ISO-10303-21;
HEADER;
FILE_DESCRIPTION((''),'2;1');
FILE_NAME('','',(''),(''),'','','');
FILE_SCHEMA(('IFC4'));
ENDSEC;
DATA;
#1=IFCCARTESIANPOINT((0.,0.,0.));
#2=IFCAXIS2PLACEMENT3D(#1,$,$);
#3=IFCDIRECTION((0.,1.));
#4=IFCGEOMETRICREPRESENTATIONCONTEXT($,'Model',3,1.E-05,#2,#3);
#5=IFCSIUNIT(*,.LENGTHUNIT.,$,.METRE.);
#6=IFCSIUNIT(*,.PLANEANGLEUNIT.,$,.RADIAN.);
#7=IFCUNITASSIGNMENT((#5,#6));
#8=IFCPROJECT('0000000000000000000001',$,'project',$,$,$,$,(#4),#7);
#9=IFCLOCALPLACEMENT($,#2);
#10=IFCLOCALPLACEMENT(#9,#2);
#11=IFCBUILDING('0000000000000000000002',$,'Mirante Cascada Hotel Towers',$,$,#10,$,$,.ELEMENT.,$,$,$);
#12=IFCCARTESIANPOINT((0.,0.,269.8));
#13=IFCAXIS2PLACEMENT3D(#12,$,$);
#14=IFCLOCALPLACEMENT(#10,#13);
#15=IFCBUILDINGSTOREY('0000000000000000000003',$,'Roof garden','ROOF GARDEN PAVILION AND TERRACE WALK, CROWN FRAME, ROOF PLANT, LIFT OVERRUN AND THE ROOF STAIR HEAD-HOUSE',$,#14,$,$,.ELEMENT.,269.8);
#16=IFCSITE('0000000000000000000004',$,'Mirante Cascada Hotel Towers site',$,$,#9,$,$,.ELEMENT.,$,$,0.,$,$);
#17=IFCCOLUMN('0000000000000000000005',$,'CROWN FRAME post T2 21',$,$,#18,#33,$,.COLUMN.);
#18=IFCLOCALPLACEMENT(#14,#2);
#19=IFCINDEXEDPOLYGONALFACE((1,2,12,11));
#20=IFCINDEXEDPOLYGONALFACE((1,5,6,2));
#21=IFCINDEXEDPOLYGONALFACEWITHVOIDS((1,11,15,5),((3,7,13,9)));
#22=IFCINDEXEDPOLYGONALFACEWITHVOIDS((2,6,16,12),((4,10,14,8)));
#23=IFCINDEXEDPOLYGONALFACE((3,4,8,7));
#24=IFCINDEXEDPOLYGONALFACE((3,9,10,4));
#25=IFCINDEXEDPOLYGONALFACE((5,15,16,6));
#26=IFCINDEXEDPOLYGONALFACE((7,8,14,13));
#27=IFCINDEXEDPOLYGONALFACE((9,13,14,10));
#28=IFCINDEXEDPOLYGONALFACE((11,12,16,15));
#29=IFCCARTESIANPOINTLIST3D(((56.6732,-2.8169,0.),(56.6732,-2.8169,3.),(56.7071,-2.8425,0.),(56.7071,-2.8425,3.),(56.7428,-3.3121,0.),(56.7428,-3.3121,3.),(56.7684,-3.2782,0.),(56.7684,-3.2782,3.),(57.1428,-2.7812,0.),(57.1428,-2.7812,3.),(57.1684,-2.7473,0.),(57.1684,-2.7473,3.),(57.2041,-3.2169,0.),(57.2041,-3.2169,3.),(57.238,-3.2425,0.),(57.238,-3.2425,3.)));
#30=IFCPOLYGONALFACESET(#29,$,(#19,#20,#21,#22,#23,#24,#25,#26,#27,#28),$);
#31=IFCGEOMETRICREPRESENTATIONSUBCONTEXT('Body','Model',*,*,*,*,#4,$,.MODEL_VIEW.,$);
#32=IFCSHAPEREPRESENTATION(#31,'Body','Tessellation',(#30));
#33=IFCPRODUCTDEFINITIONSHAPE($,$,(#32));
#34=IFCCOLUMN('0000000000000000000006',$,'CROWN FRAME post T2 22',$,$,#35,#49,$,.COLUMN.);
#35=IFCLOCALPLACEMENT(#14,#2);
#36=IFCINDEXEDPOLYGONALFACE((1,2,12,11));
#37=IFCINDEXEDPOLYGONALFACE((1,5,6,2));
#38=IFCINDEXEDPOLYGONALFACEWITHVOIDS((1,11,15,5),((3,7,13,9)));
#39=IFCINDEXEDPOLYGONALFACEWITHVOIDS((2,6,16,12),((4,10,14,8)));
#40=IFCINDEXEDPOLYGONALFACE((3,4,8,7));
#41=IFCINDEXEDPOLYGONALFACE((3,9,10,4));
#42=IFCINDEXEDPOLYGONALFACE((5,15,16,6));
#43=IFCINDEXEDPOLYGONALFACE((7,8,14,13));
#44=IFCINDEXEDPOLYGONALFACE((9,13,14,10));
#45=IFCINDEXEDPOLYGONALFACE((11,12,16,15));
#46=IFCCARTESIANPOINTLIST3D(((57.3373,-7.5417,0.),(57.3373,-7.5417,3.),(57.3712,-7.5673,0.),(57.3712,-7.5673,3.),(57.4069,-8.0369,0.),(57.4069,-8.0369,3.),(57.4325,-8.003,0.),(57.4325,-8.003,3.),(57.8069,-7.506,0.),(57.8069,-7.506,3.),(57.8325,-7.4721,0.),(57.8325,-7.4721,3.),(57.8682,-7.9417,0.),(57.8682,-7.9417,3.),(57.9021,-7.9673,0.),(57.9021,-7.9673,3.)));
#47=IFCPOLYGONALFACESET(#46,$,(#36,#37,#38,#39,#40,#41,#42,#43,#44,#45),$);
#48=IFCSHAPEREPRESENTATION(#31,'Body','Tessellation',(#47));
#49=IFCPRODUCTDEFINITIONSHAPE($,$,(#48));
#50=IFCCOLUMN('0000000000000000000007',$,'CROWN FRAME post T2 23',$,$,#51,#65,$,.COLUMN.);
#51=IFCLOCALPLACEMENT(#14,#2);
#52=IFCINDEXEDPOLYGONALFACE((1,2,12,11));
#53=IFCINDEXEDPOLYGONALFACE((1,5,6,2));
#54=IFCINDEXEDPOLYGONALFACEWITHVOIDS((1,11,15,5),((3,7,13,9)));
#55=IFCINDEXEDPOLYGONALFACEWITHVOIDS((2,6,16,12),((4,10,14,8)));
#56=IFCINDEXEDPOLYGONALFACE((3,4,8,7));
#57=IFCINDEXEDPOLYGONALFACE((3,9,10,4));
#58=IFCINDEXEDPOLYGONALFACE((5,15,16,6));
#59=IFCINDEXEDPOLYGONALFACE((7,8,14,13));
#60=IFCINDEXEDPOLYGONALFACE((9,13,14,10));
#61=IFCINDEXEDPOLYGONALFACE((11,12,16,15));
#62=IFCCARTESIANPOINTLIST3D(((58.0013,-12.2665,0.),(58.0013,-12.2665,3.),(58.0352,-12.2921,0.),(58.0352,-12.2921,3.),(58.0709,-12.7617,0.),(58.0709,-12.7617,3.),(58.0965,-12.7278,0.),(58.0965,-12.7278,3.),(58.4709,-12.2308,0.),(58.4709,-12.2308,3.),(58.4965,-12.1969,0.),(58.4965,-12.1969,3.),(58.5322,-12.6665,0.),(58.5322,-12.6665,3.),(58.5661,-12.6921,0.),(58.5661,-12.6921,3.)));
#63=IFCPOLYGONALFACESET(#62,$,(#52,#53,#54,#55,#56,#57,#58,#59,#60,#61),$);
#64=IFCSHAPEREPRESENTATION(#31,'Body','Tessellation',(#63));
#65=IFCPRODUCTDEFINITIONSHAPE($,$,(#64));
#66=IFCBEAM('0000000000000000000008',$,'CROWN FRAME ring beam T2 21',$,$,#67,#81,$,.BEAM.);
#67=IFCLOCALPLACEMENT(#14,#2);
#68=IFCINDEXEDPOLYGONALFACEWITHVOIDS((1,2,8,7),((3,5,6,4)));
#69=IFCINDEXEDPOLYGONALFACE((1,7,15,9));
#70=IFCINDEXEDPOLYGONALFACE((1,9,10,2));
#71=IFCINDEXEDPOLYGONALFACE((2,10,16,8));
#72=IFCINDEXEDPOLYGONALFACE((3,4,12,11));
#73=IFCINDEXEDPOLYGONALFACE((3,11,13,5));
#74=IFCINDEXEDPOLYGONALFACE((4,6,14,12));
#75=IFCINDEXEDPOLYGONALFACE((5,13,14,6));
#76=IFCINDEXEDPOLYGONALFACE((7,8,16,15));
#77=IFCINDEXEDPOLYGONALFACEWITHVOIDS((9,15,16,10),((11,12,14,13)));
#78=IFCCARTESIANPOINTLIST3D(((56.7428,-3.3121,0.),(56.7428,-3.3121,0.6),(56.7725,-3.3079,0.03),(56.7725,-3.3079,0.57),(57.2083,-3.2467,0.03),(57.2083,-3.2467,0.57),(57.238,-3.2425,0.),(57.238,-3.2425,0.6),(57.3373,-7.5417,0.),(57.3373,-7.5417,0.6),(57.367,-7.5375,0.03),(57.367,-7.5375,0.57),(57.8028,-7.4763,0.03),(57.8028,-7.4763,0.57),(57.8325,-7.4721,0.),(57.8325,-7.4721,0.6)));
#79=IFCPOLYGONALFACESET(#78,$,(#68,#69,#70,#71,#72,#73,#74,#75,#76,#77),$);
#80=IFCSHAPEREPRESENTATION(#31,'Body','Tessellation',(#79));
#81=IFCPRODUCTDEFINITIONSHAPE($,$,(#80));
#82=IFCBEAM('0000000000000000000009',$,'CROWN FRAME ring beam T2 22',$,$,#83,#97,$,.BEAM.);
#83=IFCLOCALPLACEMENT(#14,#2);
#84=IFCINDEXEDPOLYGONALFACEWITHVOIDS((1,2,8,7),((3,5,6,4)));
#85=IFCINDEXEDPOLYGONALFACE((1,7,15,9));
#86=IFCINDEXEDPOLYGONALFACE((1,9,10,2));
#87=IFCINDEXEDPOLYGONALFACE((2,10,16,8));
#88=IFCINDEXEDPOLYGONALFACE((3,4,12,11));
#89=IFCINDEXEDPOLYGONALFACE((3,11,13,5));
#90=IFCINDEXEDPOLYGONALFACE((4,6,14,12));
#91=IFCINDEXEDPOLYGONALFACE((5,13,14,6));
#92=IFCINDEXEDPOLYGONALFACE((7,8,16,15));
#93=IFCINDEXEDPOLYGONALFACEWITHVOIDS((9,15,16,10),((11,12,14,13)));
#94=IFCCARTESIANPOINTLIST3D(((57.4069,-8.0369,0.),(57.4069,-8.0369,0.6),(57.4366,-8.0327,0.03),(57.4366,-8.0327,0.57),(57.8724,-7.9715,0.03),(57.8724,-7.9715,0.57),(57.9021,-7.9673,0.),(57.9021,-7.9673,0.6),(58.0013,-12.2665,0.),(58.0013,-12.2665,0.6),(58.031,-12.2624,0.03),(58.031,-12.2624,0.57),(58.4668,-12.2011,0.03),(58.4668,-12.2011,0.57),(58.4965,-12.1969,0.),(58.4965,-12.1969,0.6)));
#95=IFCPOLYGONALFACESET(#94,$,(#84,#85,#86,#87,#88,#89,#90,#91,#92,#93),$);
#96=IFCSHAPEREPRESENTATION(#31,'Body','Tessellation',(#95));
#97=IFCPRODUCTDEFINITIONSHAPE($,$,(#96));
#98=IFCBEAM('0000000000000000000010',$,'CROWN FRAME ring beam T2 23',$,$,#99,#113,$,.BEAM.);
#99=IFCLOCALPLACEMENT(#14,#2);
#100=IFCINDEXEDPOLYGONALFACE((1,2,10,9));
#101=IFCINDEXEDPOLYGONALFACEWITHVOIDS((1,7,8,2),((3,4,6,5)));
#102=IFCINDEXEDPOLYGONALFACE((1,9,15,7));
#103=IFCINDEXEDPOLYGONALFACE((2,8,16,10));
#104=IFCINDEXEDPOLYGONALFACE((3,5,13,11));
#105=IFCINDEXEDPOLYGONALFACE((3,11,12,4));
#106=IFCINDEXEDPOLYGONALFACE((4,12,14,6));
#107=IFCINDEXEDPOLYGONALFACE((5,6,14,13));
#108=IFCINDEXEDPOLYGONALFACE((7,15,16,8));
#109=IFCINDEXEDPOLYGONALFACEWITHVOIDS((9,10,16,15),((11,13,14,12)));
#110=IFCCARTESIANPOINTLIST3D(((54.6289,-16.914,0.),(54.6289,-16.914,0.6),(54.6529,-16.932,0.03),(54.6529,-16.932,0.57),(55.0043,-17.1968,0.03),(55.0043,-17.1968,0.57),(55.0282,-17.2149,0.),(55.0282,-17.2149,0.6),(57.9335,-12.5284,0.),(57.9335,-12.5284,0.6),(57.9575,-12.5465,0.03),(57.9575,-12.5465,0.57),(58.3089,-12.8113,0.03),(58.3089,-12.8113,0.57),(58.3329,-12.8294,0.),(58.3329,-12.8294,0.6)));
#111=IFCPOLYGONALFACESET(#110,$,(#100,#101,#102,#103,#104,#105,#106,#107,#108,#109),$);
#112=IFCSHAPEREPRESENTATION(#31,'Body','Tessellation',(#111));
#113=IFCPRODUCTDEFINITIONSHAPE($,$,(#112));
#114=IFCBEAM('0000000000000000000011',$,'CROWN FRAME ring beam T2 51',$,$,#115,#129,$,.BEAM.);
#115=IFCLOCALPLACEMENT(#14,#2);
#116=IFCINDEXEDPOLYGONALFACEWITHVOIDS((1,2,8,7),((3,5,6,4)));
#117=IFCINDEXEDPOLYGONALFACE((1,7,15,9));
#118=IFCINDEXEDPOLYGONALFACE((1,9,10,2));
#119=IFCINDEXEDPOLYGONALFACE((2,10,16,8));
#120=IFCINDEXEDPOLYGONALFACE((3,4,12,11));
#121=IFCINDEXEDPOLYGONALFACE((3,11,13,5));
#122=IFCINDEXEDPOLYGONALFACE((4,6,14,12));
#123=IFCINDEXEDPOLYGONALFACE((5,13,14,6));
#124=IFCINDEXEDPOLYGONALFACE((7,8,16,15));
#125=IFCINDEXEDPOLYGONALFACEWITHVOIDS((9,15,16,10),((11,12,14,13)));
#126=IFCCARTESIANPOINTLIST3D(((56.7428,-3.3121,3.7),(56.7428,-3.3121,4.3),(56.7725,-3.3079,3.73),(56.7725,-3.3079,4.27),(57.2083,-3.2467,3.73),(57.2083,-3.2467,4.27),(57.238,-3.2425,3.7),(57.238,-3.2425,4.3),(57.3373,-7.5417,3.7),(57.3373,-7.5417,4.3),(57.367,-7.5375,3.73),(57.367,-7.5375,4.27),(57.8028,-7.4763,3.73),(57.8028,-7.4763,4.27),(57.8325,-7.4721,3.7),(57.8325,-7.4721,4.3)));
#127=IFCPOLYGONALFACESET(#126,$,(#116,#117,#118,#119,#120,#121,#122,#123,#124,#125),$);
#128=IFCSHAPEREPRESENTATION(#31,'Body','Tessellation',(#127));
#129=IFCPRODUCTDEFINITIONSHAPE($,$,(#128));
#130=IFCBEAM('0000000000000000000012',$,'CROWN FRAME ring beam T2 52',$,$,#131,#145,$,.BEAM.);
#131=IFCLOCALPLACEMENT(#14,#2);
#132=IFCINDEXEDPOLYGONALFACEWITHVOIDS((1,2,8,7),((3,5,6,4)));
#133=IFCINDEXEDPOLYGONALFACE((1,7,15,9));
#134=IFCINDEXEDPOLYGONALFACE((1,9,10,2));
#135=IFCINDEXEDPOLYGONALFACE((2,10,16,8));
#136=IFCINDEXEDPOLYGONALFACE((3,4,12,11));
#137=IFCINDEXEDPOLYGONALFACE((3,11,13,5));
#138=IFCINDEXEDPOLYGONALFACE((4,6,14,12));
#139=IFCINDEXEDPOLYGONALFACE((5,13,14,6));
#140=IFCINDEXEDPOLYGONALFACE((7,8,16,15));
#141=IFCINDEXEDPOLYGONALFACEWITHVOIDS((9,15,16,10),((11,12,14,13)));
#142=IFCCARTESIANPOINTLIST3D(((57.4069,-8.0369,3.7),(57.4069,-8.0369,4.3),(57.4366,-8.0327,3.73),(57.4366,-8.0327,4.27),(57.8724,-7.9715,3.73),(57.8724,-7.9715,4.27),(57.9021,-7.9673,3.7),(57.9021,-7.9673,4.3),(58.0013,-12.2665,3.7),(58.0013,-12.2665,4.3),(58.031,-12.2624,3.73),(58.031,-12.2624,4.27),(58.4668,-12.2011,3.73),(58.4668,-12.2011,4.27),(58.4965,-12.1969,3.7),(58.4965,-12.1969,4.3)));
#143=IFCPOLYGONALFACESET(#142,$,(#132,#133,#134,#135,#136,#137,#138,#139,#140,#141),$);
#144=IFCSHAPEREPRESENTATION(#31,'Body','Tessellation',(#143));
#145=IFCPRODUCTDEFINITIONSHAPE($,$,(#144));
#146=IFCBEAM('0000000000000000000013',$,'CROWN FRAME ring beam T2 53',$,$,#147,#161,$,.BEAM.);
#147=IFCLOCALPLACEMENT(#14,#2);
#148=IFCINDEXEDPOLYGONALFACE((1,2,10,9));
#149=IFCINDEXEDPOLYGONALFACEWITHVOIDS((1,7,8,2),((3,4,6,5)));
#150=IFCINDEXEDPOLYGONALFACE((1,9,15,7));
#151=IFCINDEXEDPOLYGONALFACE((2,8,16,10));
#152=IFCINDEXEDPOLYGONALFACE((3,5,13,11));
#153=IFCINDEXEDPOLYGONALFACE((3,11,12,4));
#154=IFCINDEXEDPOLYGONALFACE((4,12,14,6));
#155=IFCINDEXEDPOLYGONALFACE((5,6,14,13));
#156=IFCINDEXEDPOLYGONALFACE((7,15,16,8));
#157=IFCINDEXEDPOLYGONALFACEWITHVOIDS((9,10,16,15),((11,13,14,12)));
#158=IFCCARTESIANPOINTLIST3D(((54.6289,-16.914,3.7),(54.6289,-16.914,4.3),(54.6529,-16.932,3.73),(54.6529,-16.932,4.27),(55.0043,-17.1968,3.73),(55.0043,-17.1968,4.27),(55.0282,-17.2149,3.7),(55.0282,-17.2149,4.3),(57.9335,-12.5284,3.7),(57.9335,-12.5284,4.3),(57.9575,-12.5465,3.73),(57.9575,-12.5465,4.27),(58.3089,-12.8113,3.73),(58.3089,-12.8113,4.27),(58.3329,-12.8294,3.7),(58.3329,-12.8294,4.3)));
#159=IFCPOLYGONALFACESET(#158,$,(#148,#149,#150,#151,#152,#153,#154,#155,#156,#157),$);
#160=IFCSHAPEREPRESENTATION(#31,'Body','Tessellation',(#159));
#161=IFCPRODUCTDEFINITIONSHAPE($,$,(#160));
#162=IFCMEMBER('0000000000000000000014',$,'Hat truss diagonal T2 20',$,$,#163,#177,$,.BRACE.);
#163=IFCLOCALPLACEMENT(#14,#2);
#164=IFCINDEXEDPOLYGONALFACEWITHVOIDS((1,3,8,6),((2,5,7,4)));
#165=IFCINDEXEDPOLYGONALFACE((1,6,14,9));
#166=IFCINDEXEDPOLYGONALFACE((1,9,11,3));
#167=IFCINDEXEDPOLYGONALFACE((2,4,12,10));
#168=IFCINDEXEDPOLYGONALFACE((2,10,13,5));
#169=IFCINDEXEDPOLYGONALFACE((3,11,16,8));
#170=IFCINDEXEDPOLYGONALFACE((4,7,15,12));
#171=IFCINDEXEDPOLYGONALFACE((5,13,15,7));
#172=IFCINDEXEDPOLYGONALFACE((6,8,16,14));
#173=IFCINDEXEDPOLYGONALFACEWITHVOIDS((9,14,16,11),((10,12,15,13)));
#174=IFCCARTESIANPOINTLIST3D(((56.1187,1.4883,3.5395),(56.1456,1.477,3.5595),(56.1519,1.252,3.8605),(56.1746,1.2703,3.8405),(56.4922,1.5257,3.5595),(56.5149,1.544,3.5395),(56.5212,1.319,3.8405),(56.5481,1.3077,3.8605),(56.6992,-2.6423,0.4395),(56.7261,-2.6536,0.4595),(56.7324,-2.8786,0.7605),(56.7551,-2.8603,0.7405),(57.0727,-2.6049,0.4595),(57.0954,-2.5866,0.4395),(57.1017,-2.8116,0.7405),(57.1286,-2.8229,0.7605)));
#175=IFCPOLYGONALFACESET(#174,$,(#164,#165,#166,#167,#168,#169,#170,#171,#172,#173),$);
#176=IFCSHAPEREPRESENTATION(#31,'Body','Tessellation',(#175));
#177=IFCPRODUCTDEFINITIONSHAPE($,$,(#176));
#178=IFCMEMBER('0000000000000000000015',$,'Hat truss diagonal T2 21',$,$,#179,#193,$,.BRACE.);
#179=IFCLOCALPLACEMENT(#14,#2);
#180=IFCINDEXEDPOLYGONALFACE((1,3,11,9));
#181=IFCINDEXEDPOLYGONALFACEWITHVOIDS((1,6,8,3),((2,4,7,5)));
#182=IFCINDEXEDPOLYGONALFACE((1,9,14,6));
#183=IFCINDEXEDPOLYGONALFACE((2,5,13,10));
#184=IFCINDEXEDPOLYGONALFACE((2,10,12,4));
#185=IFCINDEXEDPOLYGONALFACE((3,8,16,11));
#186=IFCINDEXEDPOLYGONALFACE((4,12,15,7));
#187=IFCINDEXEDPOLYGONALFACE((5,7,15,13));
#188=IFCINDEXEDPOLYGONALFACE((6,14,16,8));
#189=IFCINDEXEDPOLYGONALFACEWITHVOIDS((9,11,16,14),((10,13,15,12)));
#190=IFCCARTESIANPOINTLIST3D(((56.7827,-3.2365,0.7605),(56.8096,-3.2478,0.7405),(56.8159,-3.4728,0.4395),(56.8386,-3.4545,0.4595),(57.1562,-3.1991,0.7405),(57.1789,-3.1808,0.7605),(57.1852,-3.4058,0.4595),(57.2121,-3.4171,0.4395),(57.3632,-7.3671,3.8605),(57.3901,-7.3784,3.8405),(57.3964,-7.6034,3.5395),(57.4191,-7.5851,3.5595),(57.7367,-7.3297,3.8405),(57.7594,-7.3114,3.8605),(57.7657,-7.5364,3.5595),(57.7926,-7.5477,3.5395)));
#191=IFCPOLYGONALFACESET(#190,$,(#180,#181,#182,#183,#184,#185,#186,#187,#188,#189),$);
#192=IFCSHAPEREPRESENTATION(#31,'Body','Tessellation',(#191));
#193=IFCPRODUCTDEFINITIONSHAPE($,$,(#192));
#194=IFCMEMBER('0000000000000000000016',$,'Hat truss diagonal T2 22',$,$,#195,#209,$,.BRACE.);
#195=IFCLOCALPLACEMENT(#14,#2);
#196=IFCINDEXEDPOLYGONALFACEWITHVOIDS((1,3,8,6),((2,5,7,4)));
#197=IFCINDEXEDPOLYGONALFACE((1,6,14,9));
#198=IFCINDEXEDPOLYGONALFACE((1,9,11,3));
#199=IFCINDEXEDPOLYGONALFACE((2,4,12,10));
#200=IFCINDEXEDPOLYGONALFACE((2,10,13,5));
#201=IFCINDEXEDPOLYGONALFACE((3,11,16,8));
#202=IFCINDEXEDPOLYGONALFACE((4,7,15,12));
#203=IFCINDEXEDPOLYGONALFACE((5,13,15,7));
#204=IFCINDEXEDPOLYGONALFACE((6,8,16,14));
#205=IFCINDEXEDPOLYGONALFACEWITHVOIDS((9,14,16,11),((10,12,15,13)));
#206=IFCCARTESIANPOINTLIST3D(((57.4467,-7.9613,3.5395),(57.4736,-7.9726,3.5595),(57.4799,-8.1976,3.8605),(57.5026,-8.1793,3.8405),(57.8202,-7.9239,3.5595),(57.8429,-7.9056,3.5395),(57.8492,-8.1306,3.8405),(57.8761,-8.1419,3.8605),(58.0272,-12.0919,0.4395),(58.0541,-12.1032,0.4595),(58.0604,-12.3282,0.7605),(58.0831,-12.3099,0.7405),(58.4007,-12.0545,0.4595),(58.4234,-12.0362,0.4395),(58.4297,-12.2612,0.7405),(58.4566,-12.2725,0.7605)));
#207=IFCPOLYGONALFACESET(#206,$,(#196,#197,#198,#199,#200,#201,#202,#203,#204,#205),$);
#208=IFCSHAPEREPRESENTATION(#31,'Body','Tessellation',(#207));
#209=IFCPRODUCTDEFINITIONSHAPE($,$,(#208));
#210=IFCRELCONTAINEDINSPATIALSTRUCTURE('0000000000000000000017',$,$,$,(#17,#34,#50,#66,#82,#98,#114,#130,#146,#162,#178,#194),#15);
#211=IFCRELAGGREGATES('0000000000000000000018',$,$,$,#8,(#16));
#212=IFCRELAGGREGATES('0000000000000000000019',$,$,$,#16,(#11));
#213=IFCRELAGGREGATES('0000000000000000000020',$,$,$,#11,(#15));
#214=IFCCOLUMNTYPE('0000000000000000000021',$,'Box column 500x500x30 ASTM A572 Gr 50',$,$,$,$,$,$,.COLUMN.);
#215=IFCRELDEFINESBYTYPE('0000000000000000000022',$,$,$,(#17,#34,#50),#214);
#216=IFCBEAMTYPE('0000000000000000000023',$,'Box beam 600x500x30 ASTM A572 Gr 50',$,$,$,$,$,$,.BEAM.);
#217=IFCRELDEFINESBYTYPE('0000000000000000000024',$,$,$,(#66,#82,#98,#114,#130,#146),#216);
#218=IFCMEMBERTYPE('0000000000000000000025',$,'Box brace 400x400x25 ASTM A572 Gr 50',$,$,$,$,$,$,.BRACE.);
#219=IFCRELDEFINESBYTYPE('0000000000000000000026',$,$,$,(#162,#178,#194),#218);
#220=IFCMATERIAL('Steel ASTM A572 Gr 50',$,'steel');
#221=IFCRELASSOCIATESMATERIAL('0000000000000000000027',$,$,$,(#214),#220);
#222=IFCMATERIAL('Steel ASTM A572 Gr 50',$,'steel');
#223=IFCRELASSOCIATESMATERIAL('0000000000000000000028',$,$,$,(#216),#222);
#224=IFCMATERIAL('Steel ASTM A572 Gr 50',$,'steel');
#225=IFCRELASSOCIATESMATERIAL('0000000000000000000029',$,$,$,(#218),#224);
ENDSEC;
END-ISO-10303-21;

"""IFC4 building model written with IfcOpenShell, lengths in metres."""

from ifc_helpers import new_model, si_unit, direction, frame, origin, origin_2d, place, context, subcontext, project, spatial, hollow_rectangle, extrude, material, material_profile, profile_set, type_object, element, save


model = new_model("IFC4")

# Units and contexts
model_context = context("Model", 3, precision=1e-05, world=origin(), true_north=direction((0.0, 1.0)))
body_context = subcontext(model_context, "Body", "Model", "MODEL_VIEW")
ifc_project = project(units=[si_unit("LENGTHUNIT", "METRE"), si_unit("PLANEANGLEUNIT", "RADIAN")], contexts=[model_context])

# Site, building, storey
site_placement = place(None, origin())
site = spatial("IfcSite", under=ifc_project, at=site_placement, Name="Mirante Cascada Hotel Towers site", CompositionType="ELEMENT", RefElevation=0.0)
building_placement = place(site_placement, origin())
building = spatial("IfcBuilding", under=site, at=building_placement, Name="Mirante Cascada Hotel Towers", CompositionType="ELEMENT")
storey_placement = place(building_placement, frame((0.0, 0.0, 269.8)))
storey = spatial("IfcBuildingStorey", under=building, at=storey_placement, Name="Roof garden", Description="ROOF GARDEN PAVILION AND TERRACE WALK, CROWN FRAME, ROOF PLANT, LIFT OVERRUN AND THE ROOF STAIR HEAD-HOUSE", CompositionType="ELEMENT", Elevation=269.8)

# Columns
ifc_material_1 = material(Name="Steel ASTM A572 Gr 50", Category="steel")
ifc_material_profile_1 = material_profile(ifc_material_1, hollow_rectangle(XDim=0.5, YDim=0.5, WallThickness=0.03, at=origin_2d()), Name="Box column 500x500x30 ASTM A572 Gr 50")
ifc_profile_set_1 = profile_set([ifc_material_profile_1], Name="Steel ASTM A572 Gr 50")
column_type = type_object("IfcColumnType", Name="Box column 500x500x30 ASTM A572 Gr 50", PredefinedType="COLUMN", material=ifc_profile_set_1)
for number, where, z_axis, x_axis, name in (
    (1, (56.9556, -3.0297, 0.0), (0.0, 0.0, 1.0), (0.990268, 0.139173, 0.0), "CROWN FRAME post T2 21"),
    (2, (57.6197, -7.7545, 0.0), (0.0, 0.0, 1.0), (0.990268, 0.139173, 0.0), "CROWN FRAME post T2 22"),
    (3, (58.2837, -12.4793, 0.0), (0.0, 0.0, 1.0), (0.990268, 0.139173, 0.0), "CROWN FRAME post T2 23"),
):
    element("IfcColumn", number, at=place(storey_placement, frame(where, z_axis=z_axis, x_axis=x_axis)), inside=storey, type_object=column_type, Name=name, PredefinedType="COLUMN", context=body_context, shape_type="SweptSolid", body=[
        extrude(hollow_rectangle(XDim=0.5, YDim=0.5, WallThickness=0.03, at=origin_2d()), origin(), (0.0, 0.0, 1.0), 3.0),
    ])

# Beams
ifc_material_2 = material(Name="Steel ASTM A572 Gr 50", Category="steel")
ifc_material_profile_2 = material_profile(ifc_material_2, hollow_rectangle(XDim=0.5, YDim=0.6, WallThickness=0.03, at=origin_2d()), Name="Box beam 600x500x30 ASTM A572 Gr 50")
ifc_profile_set_2 = profile_set([ifc_material_profile_2], Name="Steel ASTM A572 Gr 50")
beam_type = type_object("IfcBeamType", Name="Box beam 600x500x30 ASTM A572 Gr 50", PredefinedType="BEAM", material=ifc_profile_set_2)
for number, where, z_axis, x_axis, name in (
    (4, (56.9904, -3.2773, 0.3), (0.139189, -0.990266, 0.0), (0.990266, 0.139189, 0.0), "CROWN FRAME ring beam T2 21"),
    (5, (57.6545, -8.0021, 0.3), (0.139166, -0.990269, 0.0), (0.990269, 0.139166, 0.0), "CROWN FRAME ring beam T2 22"),
):
    element("IfcBeam", number, at=place(storey_placement, frame(where, z_axis=z_axis, x_axis=x_axis)), inside=storey, type_object=beam_type, Name=name, PredefinedType="BEAM", context=body_context, shape_type="SweptSolid", body=[
        extrude(hollow_rectangle(XDim=0.5, YDim=0.6, WallThickness=0.03, at=origin_2d()), origin(), (0.0, 0.0, 1.0), 4.2712),
    ])
beam_1_placement = place(storey_placement, frame((58.1332, -12.6789, 0.3), z_axis=(-0.601802, -0.798645, 0.0), x_axis=(0.798645, -0.601802, 0.0)))
element("IfcBeam", 6, at=beam_1_placement, inside=storey, type_object=beam_type, Name="CROWN FRAME ring beam T2 23", PredefinedType="BEAM", context=body_context, shape_type="SweptSolid", body=[
    extrude(hollow_rectangle(XDim=0.5, YDim=0.6, WallThickness=0.03, at=origin_2d()), origin(), (0.0, 0.0, 1.0), 5.4912),
])
for number, where, z_axis, x_axis, name in (
    (7, (56.9904, -3.2773, 4.0), (0.139189, -0.990266, 0.0), (0.990266, 0.139189, 0.0), "CROWN FRAME ring beam T2 51"),
    (8, (57.6545, -8.0021, 4.0), (0.139166, -0.990269, 0.0), (0.990269, 0.139166, 0.0), "CROWN FRAME ring beam T2 52"),
):
    element("IfcBeam", number, at=place(storey_placement, frame(where, z_axis=z_axis, x_axis=x_axis)), inside=storey, type_object=beam_type, Name=name, PredefinedType="BEAM", context=body_context, shape_type="SweptSolid", body=[
        extrude(hollow_rectangle(XDim=0.5, YDim=0.6, WallThickness=0.03, at=origin_2d()), origin(), (0.0, 0.0, 1.0), 4.2712),
    ])
beam_2_placement = place(storey_placement, frame((58.1332, -12.6789, 4.0), z_axis=(-0.601802, -0.798645, 0.0), x_axis=(0.798645, -0.601802, 0.0)))
element("IfcBeam", 9, at=beam_2_placement, inside=storey, type_object=beam_type, Name="CROWN FRAME ring beam T2 53", PredefinedType="BEAM", context=body_context, shape_type="SweptSolid", body=[
    extrude(hollow_rectangle(XDim=0.5, YDim=0.6, WallThickness=0.03, at=origin_2d()), origin(), (0.0, 0.0, 1.0), 5.4912),
])

# Members
ifc_material_3 = material(Name="Steel ASTM A572 Gr 50", Category="steel")
ifc_material_profile_3 = material_profile(ifc_material_3, hollow_rectangle(XDim=0.4, YDim=0.4, WallThickness=0.025, at=origin_2d()), Name="Box brace 400x400x25 ASTM A572 Gr 50")
ifc_profile_set_3 = profile_set([ifc_material_profile_3], Name="Steel ASTM A572 Gr 50")
member_type = type_object("IfcMemberType", Name="Box brace 400x400x25 ASTM A572 Gr 50", PredefinedType="BRACE", material=ifc_profile_set_3)
for number, where, z_axis, x_axis, name in (
    (10, (56.9139, -2.7326, 0.6), (-0.111699, 0.794804, 0.596498), (-0.990269, -0.139169, 0.0), "Hat truss diagonal T2 20"),
    (11, (56.9974, -3.3268, 0.6), (0.111699, -0.794804, 0.596498), (0.990269, 0.139169, 0.0), "Hat truss diagonal T2 21"),
    (12, (58.2419, -12.1822, 0.6), (-0.111699, 0.794804, 0.596498), (-0.990269, -0.139169, 0.0), "Hat truss diagonal T2 22"),
):
    element("IfcMember", number, at=place(storey_placement, frame(where, z_axis=z_axis, x_axis=x_axis)), inside=storey, type_object=member_type, Name=name, PredefinedType="BRACE", context=body_context, shape_type="SweptSolid", body=[
        extrude(hollow_rectangle(XDim=0.4, YDim=0.4, WallThickness=0.025, at=origin_2d()), origin(), (0.0, 0.0, 1.0), 5.197),
    ])

save(model, "model.ifc")
